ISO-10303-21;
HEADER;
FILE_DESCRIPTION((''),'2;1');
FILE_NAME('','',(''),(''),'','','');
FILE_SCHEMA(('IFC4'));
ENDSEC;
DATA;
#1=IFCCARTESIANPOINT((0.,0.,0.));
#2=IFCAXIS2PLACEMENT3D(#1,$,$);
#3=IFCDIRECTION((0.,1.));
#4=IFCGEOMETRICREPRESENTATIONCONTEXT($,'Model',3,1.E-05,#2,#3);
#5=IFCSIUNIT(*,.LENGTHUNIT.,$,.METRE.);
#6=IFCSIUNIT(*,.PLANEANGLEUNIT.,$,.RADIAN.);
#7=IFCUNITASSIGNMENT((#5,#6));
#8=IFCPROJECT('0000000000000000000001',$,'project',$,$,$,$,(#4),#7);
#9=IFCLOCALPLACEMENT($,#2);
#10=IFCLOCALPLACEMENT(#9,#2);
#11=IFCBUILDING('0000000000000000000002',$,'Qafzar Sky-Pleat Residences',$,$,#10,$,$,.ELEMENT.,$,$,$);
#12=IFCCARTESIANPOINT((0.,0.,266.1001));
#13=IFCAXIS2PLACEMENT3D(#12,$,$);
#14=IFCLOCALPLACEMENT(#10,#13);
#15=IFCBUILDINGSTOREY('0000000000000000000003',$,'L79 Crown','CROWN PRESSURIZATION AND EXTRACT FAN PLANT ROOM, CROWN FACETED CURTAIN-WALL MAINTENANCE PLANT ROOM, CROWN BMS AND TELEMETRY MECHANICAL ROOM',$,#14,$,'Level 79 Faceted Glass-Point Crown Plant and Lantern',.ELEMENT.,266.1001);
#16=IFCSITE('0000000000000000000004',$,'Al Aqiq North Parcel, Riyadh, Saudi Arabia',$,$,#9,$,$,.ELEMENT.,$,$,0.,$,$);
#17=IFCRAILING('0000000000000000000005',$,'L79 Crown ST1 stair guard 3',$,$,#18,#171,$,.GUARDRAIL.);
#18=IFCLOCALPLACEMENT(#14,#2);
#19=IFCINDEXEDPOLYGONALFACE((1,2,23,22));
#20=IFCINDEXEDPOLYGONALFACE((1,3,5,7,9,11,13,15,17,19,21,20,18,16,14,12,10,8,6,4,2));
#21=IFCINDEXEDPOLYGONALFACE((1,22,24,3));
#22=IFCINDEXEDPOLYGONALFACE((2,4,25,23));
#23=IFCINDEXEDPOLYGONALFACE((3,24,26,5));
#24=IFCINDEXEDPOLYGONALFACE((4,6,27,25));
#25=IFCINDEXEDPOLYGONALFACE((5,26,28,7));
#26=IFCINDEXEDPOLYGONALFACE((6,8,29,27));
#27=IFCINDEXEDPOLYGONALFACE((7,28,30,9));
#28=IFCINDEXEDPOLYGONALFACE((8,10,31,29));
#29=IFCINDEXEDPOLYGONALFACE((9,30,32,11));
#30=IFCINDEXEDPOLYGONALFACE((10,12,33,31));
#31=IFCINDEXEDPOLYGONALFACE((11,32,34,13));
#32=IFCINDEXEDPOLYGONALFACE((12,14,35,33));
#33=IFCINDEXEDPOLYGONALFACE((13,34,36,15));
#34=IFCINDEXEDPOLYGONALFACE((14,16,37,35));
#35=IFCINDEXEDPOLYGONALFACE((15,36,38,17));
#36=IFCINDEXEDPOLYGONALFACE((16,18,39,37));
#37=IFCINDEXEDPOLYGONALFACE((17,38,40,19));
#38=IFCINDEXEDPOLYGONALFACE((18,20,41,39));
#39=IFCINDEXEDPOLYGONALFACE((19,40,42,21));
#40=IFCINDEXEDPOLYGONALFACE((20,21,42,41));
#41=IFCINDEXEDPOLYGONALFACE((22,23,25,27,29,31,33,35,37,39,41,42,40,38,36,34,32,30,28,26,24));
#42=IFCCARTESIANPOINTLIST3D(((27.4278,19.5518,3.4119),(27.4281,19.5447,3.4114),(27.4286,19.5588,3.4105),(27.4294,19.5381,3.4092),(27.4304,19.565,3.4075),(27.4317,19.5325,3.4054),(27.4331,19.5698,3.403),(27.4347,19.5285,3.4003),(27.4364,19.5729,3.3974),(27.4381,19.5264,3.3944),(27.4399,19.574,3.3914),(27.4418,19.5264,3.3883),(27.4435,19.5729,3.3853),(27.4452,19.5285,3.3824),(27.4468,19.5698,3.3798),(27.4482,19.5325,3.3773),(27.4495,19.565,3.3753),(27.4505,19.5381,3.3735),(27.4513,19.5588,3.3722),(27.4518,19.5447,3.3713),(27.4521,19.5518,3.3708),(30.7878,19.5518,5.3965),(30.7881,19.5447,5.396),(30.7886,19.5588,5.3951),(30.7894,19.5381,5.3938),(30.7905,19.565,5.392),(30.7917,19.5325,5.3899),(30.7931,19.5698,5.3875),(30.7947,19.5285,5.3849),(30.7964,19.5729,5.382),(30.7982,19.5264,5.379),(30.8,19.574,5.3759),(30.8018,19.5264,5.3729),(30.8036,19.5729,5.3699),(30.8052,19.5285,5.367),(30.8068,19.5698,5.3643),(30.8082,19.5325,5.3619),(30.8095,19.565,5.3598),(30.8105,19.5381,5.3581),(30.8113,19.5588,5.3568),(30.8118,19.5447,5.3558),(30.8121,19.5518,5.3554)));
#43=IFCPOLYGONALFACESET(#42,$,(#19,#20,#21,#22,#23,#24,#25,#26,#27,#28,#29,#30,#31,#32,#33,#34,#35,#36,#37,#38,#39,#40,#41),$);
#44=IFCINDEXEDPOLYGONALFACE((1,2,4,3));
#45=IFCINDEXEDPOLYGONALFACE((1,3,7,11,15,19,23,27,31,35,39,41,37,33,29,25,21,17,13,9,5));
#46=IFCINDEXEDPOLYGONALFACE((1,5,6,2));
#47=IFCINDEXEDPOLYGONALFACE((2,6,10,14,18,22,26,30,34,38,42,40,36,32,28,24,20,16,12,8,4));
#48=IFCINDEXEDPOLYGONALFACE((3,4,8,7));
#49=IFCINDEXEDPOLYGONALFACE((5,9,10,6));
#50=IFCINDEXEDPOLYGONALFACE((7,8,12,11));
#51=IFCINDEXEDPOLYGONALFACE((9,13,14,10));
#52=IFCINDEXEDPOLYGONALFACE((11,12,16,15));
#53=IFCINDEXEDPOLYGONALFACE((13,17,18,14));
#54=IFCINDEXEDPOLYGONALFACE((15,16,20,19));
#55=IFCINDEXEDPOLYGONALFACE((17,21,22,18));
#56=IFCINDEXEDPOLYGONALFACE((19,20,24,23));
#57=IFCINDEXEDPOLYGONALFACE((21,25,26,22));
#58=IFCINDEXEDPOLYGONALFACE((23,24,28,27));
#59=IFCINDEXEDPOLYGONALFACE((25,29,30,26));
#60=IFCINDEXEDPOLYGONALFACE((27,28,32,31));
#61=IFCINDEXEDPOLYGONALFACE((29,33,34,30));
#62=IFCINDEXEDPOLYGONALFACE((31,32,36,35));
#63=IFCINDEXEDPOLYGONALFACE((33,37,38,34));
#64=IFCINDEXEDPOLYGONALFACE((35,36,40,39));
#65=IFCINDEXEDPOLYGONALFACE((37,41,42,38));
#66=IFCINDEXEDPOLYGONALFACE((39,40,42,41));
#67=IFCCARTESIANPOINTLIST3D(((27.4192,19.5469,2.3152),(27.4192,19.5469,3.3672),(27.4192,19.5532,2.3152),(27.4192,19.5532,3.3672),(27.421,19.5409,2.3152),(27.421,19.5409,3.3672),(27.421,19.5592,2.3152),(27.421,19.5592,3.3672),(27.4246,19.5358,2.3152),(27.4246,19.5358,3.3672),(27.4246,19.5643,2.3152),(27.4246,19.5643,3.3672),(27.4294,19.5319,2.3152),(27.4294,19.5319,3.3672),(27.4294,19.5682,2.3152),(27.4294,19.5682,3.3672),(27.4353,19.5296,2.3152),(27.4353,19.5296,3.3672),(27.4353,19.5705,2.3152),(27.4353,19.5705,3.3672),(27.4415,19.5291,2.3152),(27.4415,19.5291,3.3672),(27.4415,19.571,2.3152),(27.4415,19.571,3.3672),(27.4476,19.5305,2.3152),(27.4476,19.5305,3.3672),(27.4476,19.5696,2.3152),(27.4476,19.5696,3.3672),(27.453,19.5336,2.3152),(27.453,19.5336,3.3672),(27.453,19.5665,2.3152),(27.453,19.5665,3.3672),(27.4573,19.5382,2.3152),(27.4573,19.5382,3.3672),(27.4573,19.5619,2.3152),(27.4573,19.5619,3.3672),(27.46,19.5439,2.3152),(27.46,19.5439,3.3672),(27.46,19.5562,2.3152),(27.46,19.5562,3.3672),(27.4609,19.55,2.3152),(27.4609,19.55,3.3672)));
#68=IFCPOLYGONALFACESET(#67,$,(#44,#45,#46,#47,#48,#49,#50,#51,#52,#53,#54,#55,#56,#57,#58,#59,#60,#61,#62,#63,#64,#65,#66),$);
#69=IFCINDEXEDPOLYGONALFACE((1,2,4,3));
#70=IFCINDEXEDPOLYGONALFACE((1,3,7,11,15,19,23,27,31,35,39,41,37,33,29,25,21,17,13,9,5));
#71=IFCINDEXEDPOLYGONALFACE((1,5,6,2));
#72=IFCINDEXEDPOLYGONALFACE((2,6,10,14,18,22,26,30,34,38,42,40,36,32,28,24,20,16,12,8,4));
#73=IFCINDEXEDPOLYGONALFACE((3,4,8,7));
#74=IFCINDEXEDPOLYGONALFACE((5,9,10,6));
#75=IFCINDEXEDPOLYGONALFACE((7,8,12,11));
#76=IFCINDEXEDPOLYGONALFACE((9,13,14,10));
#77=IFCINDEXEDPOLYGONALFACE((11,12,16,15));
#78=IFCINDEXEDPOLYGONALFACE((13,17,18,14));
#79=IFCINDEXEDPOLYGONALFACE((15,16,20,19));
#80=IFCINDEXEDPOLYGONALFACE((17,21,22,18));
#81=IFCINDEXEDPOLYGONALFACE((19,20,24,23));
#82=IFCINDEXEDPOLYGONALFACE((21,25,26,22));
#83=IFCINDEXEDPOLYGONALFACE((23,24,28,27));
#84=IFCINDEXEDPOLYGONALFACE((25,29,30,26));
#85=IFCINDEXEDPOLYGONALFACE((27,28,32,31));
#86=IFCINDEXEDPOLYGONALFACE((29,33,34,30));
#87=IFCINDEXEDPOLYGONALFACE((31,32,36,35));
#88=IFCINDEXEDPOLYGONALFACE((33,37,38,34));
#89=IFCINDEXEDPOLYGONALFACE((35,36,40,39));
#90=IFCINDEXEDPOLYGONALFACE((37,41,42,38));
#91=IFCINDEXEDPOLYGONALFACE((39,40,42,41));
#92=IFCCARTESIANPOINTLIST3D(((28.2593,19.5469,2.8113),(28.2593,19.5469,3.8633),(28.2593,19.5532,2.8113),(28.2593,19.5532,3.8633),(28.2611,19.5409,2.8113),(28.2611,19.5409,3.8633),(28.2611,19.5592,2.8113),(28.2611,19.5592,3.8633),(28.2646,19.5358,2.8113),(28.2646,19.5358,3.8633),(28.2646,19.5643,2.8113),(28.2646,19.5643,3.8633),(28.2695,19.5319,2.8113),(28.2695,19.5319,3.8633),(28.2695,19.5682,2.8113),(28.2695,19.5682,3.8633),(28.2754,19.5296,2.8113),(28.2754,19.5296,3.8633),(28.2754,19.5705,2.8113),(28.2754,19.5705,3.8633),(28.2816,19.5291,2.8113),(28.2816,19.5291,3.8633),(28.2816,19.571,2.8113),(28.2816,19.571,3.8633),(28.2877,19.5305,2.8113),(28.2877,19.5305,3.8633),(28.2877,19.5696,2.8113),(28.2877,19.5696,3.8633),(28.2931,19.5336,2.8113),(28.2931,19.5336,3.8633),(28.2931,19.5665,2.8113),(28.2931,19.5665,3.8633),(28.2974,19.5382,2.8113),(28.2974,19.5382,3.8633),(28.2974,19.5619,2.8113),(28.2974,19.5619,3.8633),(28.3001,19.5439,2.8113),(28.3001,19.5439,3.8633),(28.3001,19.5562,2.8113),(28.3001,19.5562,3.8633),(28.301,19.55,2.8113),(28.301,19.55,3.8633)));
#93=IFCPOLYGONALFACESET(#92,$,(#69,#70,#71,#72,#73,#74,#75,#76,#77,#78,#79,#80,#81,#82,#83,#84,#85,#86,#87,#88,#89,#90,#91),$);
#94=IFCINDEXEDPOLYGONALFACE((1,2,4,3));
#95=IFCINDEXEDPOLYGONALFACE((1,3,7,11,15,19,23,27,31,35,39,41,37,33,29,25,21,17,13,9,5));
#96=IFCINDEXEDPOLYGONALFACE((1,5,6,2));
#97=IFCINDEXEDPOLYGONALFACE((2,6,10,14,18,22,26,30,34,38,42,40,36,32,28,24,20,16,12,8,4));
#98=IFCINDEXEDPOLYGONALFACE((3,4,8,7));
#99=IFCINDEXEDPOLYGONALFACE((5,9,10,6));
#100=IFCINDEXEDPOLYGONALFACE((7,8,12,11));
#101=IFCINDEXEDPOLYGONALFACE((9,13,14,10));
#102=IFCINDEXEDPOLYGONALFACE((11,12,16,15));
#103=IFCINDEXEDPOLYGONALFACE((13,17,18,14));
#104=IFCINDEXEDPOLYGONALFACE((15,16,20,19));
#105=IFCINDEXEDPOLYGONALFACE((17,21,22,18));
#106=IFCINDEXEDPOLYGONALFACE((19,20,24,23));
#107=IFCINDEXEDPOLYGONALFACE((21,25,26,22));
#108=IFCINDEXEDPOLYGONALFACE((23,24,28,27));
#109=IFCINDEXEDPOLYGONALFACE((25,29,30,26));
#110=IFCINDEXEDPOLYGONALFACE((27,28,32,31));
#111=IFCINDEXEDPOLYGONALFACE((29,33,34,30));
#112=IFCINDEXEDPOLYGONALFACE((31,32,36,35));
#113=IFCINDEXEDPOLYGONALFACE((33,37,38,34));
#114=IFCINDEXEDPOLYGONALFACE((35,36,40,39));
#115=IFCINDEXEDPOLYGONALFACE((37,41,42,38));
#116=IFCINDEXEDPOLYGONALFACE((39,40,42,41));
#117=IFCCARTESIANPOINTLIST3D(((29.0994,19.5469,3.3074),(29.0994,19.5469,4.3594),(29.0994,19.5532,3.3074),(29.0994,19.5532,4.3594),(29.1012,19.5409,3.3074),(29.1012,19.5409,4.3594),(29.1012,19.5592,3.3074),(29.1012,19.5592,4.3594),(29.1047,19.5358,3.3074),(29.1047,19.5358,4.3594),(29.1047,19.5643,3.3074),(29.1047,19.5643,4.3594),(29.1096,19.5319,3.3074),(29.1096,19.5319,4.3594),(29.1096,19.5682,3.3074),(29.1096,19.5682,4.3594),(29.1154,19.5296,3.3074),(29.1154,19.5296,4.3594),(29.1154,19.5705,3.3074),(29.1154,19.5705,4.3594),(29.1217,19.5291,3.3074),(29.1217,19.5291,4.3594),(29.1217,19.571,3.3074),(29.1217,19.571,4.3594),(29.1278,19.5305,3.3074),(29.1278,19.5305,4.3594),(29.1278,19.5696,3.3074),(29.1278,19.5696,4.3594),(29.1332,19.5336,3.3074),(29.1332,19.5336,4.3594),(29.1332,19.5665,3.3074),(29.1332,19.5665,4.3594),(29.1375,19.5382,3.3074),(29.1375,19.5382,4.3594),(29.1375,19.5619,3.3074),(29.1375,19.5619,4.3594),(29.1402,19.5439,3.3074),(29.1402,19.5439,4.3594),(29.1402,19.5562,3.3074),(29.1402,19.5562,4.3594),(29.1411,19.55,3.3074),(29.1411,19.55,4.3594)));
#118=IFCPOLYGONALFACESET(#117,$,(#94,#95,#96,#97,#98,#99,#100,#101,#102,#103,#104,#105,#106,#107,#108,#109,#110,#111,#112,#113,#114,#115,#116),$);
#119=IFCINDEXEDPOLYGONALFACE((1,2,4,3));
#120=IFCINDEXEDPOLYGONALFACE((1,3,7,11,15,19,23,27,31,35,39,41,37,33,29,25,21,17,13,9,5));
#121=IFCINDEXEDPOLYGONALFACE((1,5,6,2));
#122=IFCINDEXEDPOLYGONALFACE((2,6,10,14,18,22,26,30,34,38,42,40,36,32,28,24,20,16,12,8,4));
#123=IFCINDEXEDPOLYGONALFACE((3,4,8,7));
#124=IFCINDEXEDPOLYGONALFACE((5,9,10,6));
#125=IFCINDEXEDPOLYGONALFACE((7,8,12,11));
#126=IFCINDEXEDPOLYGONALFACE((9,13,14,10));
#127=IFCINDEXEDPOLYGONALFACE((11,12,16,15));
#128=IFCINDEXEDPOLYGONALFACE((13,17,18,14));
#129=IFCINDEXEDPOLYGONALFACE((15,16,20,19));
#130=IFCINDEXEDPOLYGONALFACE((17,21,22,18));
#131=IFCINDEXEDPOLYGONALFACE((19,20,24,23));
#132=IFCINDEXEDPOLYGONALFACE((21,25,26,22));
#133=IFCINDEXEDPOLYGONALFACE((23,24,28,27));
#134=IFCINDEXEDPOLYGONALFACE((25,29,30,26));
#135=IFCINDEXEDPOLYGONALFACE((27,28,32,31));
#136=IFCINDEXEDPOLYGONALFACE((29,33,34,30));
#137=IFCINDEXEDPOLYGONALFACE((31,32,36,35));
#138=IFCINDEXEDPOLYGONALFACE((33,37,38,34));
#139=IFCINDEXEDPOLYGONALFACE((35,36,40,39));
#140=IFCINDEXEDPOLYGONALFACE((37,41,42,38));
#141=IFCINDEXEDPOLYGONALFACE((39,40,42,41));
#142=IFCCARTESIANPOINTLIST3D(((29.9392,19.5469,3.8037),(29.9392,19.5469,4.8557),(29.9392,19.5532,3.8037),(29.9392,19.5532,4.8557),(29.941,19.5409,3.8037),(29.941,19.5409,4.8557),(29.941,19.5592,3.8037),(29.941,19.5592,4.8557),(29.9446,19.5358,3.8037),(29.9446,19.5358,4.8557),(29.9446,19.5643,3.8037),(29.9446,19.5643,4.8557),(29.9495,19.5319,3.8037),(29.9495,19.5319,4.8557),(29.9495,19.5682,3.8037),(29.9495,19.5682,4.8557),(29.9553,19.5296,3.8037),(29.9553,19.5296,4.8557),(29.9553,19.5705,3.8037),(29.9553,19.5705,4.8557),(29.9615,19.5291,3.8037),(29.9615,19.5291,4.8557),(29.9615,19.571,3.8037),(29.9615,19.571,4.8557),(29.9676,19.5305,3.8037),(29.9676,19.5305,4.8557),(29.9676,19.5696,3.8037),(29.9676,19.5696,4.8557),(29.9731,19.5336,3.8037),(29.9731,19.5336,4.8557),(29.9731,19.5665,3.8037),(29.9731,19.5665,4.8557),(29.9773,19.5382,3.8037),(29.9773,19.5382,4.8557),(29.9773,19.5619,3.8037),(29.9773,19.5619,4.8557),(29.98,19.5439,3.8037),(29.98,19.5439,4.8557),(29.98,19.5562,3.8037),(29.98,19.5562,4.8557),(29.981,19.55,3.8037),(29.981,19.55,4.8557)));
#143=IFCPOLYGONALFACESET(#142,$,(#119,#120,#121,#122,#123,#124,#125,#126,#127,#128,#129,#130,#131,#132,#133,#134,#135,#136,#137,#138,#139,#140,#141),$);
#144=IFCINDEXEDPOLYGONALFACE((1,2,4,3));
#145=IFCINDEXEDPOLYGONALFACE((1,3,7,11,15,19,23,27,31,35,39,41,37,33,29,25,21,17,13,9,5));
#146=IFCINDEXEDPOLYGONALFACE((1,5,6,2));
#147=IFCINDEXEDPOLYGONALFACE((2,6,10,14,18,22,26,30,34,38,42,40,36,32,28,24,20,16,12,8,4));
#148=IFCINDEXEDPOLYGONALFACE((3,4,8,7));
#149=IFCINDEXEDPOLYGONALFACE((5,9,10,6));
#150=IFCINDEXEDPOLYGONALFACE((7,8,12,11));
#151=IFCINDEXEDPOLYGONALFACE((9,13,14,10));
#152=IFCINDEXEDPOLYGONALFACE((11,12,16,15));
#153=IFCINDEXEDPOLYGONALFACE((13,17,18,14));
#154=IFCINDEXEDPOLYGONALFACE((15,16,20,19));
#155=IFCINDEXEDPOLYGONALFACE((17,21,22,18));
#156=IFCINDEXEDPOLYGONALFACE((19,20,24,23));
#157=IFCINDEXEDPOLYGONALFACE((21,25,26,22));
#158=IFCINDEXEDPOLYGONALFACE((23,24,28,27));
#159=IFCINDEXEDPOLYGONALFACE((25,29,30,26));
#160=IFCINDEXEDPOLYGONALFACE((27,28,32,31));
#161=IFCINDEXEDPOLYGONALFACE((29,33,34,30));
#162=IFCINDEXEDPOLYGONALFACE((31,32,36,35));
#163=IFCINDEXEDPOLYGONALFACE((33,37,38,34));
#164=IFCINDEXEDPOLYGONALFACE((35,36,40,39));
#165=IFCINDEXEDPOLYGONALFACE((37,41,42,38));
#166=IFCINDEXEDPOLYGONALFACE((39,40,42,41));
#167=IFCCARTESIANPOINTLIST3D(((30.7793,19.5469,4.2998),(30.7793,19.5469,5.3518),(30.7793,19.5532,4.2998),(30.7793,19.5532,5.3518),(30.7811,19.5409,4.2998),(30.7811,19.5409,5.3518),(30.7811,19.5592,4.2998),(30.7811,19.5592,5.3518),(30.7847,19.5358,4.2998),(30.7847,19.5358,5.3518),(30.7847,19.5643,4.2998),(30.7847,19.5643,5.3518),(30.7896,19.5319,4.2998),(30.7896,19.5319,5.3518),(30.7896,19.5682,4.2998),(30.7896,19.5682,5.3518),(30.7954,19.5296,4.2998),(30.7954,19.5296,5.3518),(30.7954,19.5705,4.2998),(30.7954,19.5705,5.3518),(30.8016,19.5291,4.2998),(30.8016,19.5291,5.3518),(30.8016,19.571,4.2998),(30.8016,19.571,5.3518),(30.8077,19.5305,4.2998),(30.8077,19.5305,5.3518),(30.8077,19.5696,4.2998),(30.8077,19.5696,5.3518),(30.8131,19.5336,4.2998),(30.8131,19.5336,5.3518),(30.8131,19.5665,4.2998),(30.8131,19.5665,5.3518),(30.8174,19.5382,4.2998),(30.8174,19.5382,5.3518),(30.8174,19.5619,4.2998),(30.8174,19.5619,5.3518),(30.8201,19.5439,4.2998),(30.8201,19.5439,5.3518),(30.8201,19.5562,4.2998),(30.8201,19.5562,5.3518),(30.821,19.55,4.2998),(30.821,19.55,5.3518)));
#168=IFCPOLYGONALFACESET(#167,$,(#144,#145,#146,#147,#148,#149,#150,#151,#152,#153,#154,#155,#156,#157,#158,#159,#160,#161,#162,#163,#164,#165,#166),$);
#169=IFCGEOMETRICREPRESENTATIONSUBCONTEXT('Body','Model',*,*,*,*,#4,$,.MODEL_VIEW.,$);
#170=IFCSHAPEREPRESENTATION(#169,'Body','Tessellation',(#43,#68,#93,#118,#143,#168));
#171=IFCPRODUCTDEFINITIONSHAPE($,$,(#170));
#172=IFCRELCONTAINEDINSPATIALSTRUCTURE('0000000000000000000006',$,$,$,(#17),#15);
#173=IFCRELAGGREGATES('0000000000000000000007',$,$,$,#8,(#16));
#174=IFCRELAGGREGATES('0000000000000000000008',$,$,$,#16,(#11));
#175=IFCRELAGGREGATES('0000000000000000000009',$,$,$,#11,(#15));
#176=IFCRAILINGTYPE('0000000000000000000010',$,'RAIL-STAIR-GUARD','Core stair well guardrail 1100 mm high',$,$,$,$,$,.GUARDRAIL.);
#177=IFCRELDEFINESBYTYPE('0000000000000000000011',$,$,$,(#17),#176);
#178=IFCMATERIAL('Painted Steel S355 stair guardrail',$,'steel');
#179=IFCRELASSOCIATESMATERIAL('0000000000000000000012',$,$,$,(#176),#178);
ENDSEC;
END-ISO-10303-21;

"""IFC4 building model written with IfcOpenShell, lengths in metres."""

from ifc_helpers import new_model, si_unit, direction, frame, origin, origin_2d, place, context, subcontext, project, spatial, circle, extrude, source, transform, mapped, material, type_object, element, save


model = new_model("IFC4")

# Units and contexts
model_context = context("Model", 3, precision=1e-05, world=origin(), true_north=direction((0.0, 1.0)))
body_context = subcontext(model_context, "Body", "Model", "MODEL_VIEW")
ifc_project = project(units=[si_unit("LENGTHUNIT", "METRE"), si_unit("PLANEANGLEUNIT", "RADIAN")], contexts=[model_context])

# Site, building, storey
site_placement = place(None, origin())
site = spatial("IfcSite", under=ifc_project, at=site_placement, Name="Al Aqiq North Parcel, Riyadh, Saudi Arabia", CompositionType="ELEMENT", RefElevation=0.0)
building_placement = place(site_placement, origin())
building = spatial("IfcBuilding", under=site, at=building_placement, Name="Qafzar Sky-Pleat Residences", CompositionType="ELEMENT")
storey_placement = place(building_placement, frame((0.0, 0.0, 266.1001)))
storey = spatial("IfcBuildingStorey", under=building, at=storey_placement, Name="L79 Crown", Description="CROWN PRESSURIZATION AND EXTRACT FAN PLANT ROOM, CROWN FACETED CURTAIN-WALL MAINTENANCE PLANT ROOM, CROWN BMS AND TELEMETRY MECHANICAL ROOM", LongName="Level 79 Faceted Glass-Point Crown Plant and Lantern", CompositionType="ELEMENT", Elevation=266.1001)

# Railing
ifc_material_1 = material(Name="Painted Steel S355 stair guardrail", Category="steel")
railing_type_1 = type_object("IfcRailingType", Name="RAIL-STAIR-GUARD", Description="Core stair well guardrail 1100 mm high", PredefinedType="GUARDRAIL", material=ifc_material_1)
shared_shape_1 = source(origin(), body_context, "Body", "SweptSolid", [
    extrude(circle(Radius=0.0239, at=origin_2d()), frame((0.0, 0.0, 1.0762), z_axis=(0.861027, 0.0, 0.508559), x_axis=(0.0, 1.0, 0.0)), (0.0, 0.0, 1.0), 3.9023),
    extrude(circle(Radius=0.021, at=origin_2d()), origin(), (0.0, 0.0, 1.0), 1.052),
    extrude(circle(Radius=0.021, at=origin_2d()), frame((0.8401, 0.0, 0.4961)), (0.0, 0.0, 1.0), 1.052),
    extrude(circle(Radius=0.021, at=origin_2d()), frame((1.6802, 0.0, 0.9922)), (0.0, 0.0, 1.0), 1.052),
    extrude(circle(Radius=0.021, at=origin_2d()), frame((2.52, 0.0, 1.4885)), (0.0, 0.0, 1.0), 1.052),
    extrude(circle(Radius=0.021, at=origin_2d()), frame((3.3601, 0.0, 1.9846)), (0.0, 0.0, 1.0), 1.052),
])
railing_1_placement = place(storey_placement, frame((27.4399, 19.55, 2.3152)))
element("IfcRailing", 1, at=railing_1_placement, inside=storey, type_object=railing_type_1, Name="L79 Crown ST1 stair guard 3", PredefinedType="GUARDRAIL", context=body_context, shape_type="MappedRepresentation", body=[
    mapped(shared_shape_1, transform((0.0, 0.0, 0.0), x_axis=(1.0, 0.0, 0.0), y_axis=(0.0, 1.0, 0.0), z_axis=(0.0, 0.0, 1.0), scale=1.0)),
])

save(model, "model.ifc")
